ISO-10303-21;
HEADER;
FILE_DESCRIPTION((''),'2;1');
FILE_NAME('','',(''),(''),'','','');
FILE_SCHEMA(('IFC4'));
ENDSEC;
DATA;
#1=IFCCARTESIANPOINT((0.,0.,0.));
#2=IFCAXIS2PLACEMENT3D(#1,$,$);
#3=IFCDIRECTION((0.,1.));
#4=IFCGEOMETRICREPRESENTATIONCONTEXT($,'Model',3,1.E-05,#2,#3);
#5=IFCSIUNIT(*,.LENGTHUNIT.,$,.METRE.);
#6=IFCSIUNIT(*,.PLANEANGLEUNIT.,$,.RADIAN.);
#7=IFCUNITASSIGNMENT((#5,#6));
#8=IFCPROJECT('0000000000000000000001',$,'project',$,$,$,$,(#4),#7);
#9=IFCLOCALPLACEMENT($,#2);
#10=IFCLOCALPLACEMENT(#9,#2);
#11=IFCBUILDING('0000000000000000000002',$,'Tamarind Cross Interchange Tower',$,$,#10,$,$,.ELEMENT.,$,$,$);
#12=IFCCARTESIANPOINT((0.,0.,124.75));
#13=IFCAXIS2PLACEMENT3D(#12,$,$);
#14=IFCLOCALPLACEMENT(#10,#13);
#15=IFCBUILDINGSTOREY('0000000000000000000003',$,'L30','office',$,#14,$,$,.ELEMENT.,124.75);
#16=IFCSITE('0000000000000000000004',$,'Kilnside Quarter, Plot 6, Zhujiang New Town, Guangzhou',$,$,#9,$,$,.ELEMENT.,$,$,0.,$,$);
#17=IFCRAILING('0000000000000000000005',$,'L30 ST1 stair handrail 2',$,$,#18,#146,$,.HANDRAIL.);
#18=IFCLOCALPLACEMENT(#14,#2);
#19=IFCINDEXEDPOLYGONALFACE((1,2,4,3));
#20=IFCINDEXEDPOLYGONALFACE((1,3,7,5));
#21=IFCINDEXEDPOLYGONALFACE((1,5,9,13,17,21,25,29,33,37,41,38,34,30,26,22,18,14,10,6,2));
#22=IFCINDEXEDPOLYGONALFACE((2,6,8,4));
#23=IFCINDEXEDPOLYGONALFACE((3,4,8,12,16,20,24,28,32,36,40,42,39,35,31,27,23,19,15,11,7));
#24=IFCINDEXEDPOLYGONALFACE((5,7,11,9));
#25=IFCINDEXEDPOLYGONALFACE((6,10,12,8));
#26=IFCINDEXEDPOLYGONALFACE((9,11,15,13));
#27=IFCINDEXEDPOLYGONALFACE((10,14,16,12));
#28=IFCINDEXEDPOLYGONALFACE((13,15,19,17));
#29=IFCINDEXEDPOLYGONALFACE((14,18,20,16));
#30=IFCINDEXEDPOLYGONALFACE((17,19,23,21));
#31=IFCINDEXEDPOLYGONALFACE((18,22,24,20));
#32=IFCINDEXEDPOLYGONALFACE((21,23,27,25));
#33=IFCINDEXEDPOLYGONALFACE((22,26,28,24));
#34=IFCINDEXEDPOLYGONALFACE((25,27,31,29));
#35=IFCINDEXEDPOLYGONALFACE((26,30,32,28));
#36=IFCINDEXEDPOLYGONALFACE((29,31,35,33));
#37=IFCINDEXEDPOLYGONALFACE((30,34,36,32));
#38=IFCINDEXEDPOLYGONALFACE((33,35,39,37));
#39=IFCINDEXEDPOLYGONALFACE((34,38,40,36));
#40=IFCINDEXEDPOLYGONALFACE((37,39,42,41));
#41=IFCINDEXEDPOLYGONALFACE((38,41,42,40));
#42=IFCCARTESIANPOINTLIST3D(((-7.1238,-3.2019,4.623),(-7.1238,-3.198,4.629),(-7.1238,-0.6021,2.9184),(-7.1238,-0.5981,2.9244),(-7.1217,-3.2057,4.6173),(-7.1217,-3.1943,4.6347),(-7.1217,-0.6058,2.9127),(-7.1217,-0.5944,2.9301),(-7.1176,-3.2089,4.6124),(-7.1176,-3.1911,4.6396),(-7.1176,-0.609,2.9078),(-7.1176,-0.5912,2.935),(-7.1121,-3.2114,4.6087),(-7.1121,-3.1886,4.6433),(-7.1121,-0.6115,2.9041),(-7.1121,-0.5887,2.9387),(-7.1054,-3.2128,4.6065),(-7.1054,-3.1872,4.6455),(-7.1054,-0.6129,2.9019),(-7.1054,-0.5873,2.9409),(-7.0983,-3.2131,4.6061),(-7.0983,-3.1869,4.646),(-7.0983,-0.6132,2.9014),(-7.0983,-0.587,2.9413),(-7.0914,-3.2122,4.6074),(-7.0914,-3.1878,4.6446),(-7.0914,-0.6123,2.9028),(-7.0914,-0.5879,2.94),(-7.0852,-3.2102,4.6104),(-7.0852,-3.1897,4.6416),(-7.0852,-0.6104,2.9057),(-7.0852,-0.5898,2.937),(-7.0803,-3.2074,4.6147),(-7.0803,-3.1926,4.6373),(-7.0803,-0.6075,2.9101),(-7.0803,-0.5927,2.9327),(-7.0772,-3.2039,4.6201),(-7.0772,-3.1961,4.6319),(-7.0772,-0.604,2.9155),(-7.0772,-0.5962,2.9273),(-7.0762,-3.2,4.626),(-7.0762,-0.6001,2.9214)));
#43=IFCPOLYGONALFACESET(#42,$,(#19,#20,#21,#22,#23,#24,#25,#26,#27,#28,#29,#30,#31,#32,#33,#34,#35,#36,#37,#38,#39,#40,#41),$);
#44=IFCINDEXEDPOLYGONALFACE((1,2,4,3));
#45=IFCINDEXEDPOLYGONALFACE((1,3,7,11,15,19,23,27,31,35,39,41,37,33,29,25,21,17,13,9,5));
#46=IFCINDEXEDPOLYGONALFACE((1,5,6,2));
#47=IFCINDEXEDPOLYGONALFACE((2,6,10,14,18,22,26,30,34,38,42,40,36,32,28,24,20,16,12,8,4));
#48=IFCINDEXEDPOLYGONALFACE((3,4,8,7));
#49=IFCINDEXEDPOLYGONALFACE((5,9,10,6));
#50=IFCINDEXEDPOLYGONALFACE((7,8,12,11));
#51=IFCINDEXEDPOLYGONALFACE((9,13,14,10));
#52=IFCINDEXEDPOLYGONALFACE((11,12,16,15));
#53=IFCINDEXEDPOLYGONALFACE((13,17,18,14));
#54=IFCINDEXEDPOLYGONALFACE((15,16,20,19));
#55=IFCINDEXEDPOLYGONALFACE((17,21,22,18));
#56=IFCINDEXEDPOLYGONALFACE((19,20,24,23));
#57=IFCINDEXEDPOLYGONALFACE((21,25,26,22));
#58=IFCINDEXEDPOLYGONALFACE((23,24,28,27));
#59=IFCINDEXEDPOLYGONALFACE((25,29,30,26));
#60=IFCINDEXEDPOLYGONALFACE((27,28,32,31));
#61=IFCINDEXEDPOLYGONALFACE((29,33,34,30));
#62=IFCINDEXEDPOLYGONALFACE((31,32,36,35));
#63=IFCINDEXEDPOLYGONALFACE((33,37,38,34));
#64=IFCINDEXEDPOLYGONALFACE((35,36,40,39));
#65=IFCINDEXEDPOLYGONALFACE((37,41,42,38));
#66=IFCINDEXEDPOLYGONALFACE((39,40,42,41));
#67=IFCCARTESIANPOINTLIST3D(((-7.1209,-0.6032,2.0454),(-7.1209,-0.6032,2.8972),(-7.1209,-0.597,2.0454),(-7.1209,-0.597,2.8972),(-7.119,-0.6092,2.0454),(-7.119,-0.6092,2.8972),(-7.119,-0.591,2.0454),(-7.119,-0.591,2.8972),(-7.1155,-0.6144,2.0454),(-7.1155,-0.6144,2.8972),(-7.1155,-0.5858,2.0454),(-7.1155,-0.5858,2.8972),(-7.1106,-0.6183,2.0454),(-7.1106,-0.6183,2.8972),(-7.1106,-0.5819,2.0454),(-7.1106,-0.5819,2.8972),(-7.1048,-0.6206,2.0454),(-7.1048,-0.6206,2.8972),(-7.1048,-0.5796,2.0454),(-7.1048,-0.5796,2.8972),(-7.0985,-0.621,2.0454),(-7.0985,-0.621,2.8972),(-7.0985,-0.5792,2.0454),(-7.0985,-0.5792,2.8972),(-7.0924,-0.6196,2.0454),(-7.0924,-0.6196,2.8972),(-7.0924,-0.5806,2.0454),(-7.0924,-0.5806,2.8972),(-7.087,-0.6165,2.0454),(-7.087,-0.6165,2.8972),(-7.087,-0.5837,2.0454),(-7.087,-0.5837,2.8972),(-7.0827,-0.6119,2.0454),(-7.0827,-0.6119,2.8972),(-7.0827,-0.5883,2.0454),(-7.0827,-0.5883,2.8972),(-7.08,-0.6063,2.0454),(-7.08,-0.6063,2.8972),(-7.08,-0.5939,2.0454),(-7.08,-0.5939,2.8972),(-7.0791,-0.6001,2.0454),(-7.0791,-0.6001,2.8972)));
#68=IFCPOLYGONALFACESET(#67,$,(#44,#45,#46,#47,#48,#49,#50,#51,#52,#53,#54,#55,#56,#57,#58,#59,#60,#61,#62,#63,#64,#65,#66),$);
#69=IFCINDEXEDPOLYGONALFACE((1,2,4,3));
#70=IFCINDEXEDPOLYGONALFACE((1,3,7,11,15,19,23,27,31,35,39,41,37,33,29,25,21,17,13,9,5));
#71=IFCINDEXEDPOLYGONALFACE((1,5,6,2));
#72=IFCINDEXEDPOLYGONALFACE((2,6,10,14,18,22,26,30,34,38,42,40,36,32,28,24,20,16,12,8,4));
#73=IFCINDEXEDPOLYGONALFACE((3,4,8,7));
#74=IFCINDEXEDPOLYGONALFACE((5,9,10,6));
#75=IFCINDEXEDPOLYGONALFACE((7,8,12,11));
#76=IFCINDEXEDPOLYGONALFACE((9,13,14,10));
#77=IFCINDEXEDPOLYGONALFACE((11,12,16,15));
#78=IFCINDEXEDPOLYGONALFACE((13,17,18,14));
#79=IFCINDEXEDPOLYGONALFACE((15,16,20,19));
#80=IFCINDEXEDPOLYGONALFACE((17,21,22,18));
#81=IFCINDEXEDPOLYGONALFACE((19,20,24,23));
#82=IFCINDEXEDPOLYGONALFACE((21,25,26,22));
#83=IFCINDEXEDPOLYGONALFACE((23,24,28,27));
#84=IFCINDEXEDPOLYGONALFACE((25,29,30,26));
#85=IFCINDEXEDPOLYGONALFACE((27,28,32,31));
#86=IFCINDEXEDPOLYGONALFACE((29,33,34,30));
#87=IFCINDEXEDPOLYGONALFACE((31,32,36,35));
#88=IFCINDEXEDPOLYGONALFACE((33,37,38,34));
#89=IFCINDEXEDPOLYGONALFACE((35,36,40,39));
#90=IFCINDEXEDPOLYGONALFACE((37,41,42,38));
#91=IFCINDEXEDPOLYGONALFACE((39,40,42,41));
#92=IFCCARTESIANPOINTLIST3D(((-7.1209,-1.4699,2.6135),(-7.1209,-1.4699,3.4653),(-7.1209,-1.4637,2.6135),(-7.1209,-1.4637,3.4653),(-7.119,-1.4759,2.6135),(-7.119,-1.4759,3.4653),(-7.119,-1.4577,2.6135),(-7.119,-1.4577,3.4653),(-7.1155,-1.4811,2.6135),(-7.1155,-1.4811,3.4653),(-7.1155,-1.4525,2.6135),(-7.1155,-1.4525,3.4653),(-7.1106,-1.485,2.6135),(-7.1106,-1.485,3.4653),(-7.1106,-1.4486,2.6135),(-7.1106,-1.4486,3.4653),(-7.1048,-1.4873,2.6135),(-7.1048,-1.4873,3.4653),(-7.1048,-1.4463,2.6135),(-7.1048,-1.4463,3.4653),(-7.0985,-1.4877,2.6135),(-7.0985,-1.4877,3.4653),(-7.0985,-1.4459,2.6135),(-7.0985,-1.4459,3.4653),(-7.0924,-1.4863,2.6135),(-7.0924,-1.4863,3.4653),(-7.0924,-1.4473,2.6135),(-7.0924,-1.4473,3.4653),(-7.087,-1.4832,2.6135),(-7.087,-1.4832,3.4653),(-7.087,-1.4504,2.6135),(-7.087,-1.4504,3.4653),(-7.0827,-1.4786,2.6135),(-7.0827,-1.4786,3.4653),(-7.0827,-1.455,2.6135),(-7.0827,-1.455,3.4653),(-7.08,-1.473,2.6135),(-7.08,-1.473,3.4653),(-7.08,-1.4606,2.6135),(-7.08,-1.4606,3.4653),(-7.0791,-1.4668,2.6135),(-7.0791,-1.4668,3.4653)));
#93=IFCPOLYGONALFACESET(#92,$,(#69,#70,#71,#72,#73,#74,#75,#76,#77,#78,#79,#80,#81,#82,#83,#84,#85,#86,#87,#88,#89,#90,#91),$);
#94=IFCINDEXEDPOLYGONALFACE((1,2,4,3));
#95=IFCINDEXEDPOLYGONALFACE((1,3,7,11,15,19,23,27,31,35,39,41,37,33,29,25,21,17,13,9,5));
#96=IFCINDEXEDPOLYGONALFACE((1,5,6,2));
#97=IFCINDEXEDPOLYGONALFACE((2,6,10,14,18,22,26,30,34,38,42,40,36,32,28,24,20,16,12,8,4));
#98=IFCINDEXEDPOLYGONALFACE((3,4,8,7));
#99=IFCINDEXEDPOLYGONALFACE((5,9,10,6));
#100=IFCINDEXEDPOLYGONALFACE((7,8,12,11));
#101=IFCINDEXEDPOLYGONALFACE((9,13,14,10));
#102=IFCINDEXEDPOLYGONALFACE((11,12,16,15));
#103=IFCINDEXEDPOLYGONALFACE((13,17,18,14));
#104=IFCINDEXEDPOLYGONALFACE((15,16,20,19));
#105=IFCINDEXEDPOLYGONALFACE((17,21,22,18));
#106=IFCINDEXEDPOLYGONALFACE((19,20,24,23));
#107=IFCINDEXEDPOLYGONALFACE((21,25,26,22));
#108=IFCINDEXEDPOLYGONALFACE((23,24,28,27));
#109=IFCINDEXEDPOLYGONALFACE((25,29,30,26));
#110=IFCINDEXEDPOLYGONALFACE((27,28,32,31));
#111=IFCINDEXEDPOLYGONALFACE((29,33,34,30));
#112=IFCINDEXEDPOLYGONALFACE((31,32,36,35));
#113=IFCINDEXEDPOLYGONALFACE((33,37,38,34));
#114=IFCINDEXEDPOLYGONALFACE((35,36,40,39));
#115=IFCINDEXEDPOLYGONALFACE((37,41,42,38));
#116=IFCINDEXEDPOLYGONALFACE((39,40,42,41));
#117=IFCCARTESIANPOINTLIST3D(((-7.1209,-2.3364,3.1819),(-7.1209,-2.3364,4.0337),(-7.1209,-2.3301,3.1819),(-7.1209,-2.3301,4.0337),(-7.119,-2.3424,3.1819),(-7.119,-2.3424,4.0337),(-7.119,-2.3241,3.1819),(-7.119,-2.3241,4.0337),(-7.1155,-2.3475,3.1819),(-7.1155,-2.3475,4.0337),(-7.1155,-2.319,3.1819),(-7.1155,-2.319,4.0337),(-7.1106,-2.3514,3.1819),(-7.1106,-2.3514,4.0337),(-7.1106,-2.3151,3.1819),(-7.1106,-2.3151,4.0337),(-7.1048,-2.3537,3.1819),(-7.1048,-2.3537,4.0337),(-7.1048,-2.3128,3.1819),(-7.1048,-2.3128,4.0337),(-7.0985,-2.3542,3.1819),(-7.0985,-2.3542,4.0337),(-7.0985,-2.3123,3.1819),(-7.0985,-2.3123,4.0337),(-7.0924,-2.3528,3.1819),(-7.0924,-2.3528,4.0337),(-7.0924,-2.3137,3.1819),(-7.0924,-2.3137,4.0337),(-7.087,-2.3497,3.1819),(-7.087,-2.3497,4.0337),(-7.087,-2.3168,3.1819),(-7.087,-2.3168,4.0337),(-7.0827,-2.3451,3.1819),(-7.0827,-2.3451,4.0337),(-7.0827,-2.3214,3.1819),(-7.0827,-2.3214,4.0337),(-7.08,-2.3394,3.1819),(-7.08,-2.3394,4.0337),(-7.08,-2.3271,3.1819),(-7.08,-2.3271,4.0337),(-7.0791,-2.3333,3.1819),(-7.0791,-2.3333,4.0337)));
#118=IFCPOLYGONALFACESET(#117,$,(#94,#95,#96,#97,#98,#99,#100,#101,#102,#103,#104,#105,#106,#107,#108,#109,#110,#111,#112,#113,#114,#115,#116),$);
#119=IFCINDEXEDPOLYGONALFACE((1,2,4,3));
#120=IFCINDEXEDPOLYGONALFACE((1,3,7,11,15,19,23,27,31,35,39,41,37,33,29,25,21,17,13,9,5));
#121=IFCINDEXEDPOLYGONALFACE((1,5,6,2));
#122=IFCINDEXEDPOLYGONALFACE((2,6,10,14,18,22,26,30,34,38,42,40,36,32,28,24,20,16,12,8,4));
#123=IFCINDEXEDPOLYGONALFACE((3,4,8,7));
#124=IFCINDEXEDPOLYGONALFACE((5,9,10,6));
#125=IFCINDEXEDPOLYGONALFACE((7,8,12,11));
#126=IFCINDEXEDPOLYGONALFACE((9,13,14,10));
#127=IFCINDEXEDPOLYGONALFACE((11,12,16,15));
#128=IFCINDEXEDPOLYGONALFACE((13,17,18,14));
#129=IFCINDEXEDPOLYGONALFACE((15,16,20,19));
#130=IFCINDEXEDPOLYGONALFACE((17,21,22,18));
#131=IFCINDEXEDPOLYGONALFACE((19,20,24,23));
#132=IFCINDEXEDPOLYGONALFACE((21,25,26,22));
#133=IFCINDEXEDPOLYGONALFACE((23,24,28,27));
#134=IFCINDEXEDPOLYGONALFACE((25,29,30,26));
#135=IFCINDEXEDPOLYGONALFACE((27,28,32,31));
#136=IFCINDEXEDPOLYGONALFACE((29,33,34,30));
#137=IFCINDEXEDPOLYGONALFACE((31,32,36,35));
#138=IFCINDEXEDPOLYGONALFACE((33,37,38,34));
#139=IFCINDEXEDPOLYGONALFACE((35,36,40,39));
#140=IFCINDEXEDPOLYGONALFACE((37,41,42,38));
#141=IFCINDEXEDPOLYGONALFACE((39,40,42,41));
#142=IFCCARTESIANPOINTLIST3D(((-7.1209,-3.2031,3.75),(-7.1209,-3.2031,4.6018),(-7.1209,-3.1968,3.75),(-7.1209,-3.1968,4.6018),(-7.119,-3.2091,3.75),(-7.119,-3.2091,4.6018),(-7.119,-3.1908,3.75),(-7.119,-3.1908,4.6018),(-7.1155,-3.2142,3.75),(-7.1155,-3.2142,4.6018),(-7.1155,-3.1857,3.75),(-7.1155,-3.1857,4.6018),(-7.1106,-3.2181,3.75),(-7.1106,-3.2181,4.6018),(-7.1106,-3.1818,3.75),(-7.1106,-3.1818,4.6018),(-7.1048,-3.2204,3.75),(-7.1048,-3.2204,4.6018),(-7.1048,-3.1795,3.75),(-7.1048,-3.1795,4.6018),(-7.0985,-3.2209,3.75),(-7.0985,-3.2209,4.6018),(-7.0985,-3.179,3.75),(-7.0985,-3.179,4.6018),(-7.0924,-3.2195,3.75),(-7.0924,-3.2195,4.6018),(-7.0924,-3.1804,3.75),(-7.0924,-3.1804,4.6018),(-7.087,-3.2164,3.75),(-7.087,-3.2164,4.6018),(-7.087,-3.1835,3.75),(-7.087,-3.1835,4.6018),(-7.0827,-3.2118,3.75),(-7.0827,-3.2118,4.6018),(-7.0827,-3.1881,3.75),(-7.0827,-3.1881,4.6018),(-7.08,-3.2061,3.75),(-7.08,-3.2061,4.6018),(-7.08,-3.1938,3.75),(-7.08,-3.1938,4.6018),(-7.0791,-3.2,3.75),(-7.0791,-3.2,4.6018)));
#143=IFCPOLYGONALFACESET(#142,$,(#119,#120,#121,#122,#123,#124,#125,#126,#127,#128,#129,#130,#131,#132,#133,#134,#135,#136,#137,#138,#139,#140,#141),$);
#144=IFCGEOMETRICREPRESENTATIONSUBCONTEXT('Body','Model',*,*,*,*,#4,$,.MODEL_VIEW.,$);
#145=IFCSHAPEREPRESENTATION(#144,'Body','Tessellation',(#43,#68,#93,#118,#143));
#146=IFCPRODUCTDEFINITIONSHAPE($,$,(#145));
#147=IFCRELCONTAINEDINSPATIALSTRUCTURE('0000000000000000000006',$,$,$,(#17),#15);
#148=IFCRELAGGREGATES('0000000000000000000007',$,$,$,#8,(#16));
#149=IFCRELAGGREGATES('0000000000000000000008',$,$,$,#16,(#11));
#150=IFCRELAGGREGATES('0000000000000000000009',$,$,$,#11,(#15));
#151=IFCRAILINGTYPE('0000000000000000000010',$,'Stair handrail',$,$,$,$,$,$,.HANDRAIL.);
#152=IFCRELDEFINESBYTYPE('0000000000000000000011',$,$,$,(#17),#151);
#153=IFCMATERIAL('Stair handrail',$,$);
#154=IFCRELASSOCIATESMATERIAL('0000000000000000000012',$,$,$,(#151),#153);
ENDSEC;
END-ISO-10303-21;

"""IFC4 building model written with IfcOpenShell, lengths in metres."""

from ifc_helpers import new_model, si_unit, direction, frame, origin, origin_2d, place, context, subcontext, project, spatial, circle, extrude, material, type_object, element, save


model = new_model("IFC4")

# Units and contexts
model_context = context("Model", 3, precision=1e-05, world=origin(), true_north=direction((0.0, 1.0)))
body_context = subcontext(model_context, "Body", "Model", "MODEL_VIEW")
ifc_project = project(units=[si_unit("LENGTHUNIT", "METRE"), si_unit("PLANEANGLEUNIT", "RADIAN")], contexts=[model_context])

# Site, building, storey
site_placement = place(None, origin())
site = spatial("IfcSite", under=ifc_project, at=site_placement, Name="Kilnside Quarter, Plot 6, Zhujiang New Town, Guangzhou", CompositionType="ELEMENT", RefElevation=0.0)
building_placement = place(site_placement, origin())
building = spatial("IfcBuilding", under=site, at=building_placement, Name="Tamarind Cross Interchange Tower", CompositionType="ELEMENT")
storey_placement = place(building_placement, frame((0.0, 0.0, 124.75)))
storey = spatial("IfcBuildingStorey", under=building, at=storey_placement, Name="L30", Description="office", CompositionType="ELEMENT", Elevation=124.75)

# Railing
ifc_material_1 = material(Name="Stair handrail")
railing_type_1 = type_object("IfcRailingType", Name="Stair handrail", PredefinedType="HANDRAIL", material=ifc_material_1)
railing_1_placement = place(storey_placement, frame((-7.1001, -0.6001, 2.0454)))
element("IfcRailing", 1, at=railing_1_placement, inside=storey, type_object=railing_type_1, Name="L30 ST1 stair handrail 2", PredefinedType="HANDRAIL", context=body_context, shape_type="SweptSolid", body=[
    extrude(circle(Radius=0.0239, at=origin_2d()), frame((0.0, 0.0, 0.876), z_axis=(0.0, -0.836279, 0.548305), x_axis=(1.0, 0.0, 0.0)), (0.0, 0.0, 1.0), 3.1089),
    extrude(circle(Radius=0.021, at=origin_2d()), origin(), (0.0, 0.0, 1.0), 0.8518),
    extrude(circle(Radius=0.021, at=origin_2d()), frame((0.0, -0.8667, 0.5681)), (0.0, 0.0, 1.0), 0.8518),
    extrude(circle(Radius=0.021, at=origin_2d()), frame((0.0, -1.7332, 1.1365)), (0.0, 0.0, 1.0), 0.8518),
    extrude(circle(Radius=0.021, at=origin_2d()), frame((0.0, -2.5999, 1.7046)), (0.0, 0.0, 1.0), 0.8518),
])

save(model, "model.ifc")
